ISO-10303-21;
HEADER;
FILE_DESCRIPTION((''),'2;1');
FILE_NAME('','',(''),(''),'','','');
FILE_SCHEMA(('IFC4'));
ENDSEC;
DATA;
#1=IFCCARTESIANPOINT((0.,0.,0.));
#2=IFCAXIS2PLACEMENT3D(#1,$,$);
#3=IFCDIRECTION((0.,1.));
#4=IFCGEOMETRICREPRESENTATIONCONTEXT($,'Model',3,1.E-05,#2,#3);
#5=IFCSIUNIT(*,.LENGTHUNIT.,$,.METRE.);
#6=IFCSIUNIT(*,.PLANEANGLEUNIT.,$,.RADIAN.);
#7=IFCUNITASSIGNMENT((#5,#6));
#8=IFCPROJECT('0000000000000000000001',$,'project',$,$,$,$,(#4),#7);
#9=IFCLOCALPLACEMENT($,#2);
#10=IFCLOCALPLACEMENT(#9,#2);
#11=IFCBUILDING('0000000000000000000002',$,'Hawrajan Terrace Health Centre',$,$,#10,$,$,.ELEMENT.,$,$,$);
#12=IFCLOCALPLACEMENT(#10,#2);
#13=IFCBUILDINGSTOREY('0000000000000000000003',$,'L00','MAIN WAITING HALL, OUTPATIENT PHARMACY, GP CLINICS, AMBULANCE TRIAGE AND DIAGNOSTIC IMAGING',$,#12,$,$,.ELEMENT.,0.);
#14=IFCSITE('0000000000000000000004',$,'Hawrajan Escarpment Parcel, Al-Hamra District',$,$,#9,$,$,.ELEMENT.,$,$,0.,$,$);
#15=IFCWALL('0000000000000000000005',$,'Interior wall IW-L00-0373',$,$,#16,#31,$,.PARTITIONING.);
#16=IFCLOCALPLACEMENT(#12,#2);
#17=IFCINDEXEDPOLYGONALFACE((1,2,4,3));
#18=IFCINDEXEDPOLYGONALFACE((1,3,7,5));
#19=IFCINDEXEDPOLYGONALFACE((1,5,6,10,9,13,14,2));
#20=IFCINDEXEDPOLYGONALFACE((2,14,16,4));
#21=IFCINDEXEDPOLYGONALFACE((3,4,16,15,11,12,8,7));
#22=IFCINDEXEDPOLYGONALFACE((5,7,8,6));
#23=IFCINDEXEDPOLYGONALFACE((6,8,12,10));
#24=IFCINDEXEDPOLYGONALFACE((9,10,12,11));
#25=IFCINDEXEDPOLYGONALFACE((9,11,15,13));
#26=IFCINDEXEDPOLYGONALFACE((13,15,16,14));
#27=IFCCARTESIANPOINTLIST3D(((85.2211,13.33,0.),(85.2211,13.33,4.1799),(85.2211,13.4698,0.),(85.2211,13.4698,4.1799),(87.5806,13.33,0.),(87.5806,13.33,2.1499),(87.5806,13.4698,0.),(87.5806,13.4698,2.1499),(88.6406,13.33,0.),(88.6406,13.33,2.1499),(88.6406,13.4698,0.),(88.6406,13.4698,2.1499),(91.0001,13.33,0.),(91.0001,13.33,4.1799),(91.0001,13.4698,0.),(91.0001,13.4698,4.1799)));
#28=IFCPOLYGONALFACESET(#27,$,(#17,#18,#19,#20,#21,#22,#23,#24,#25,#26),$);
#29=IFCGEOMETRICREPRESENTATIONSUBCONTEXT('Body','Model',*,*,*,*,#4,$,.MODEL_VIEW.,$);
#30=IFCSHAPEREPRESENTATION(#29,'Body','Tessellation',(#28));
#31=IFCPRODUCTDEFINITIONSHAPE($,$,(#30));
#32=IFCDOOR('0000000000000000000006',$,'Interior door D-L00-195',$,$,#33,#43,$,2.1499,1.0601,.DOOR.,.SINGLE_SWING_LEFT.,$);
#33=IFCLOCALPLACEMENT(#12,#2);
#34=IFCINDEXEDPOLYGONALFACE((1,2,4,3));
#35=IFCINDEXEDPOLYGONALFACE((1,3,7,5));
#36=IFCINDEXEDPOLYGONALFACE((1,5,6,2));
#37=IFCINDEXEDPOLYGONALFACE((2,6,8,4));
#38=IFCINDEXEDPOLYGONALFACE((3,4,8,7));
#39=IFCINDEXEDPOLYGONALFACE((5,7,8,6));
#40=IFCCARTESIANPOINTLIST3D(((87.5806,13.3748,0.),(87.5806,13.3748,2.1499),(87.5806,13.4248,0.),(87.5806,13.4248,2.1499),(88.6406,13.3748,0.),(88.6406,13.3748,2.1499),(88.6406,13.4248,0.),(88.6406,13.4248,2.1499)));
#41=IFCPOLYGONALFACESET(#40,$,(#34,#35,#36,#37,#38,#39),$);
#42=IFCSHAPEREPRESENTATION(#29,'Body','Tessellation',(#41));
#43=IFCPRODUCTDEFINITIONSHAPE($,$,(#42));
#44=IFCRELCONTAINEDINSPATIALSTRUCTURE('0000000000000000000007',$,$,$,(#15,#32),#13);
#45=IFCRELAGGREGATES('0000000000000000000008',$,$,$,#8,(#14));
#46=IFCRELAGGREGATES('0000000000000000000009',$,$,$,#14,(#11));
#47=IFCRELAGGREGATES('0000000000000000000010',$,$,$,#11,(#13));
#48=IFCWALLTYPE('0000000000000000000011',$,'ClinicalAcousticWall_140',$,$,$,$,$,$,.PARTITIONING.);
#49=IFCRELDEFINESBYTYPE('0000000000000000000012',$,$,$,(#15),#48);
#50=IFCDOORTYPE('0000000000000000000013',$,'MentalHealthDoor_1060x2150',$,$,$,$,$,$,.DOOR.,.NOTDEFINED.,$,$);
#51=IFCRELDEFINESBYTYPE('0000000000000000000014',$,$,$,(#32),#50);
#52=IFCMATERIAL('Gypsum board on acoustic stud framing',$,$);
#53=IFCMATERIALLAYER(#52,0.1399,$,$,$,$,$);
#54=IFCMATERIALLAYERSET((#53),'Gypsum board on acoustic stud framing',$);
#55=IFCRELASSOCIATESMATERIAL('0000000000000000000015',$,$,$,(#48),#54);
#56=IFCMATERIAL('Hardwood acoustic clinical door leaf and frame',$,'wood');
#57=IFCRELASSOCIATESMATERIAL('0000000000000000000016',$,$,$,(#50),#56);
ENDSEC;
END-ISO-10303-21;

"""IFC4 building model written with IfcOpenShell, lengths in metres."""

from ifc_helpers import new_model, si_unit, direction, frame, frame_2d, origin, place, context, subcontext, project, spatial, rectangle, extrude, material, layer, layer_set, type_object, element, fill, save


model = new_model("IFC4")

# Units and contexts
model_context = context("Model", 3, precision=1e-05, world=origin(), true_north=direction((0.0, 1.0)))
body_context = subcontext(model_context, "Body", "Model", "MODEL_VIEW")
ifc_project = project(units=[si_unit("LENGTHUNIT", "METRE"), si_unit("PLANEANGLEUNIT", "RADIAN")], contexts=[model_context])

# Site, building, storey
site_placement = place(None, origin())
site = spatial("IfcSite", under=ifc_project, at=site_placement, Name="Hawrajan Escarpment Parcel, Al-Hamra District", CompositionType="ELEMENT", RefElevation=0.0)
building_placement = place(site_placement, origin())
building = spatial("IfcBuilding", under=site, at=building_placement, Name="Hawrajan Terrace Health Centre", CompositionType="ELEMENT")
storey_placement = place(building_placement, origin())
storey = spatial("IfcBuildingStorey", under=building, at=storey_placement, Name="L00", Description="MAIN WAITING HALL, OUTPATIENT PHARMACY, GP CLINICS, AMBULANCE TRIAGE AND DIAGNOSTIC IMAGING", CompositionType="ELEMENT", Elevation=0.0)

# Shared definitions
ifc_material_1 = material(Name="Gypsum board on acoustic stud framing")
ifc_layer_1 = layer(ifc_material_1, 0.1399)
ifc_layer_set_1 = layer_set([ifc_layer_1], Name="Gypsum board on acoustic stud framing")
wall_type = type_object("IfcWallType", Name="ClinicalAcousticWall_140", PredefinedType="PARTITIONING", material=ifc_layer_set_1)

# Wall, opening, door
wall_1_placement = place(storey_placement, frame((85.2209, 13.3999, 0.0), z_axis=(0.0, 0.0, 1.0), x_axis=(1.0, 0.0, 0.0)))
wall_1 = element("IfcWall", 1, at=wall_1_placement, inside=storey, type_object=wall_type, Name="Interior wall IW-L00-0373", PredefinedType="PARTITIONING", context=body_context, shape_type="SweptSolid", body=[
    extrude(rectangle(XDim=5.7791, YDim=0.1399, at=frame_2d((2.8896, 0.0))), origin(), (0.0, 0.0, 1.0), 4.1799),
])
opening_placement = place(wall_1_placement, frame((2.3596, 0.0, 0.0)))
opening = element("IfcOpeningElement", 2, at=opening_placement, cuts=wall_1, PredefinedType="OPENING", context=body_context, shape_type="SweptSolid", body=[
    extrude(rectangle(XDim=1.0601, YDim=2.1499, at=frame_2d((0.53, 1.075))), frame((0.0, 0.0798, 0.0), z_axis=(0.0, -1.0, 0.0), x_axis=(1.0, 0.0, 0.0)), (0.0, 0.0, 1.0), 0.1599),
])
ifc_material_2 = material(Name="Hardwood acoustic clinical door leaf and frame", Category="wood")
door_type = type_object("IfcDoorType", Name="MentalHealthDoor_1060x2150", OperationType="NOTDEFINED", PredefinedType="DOOR", material=ifc_material_2)
door_placement = place(opening_placement, origin())
door = element("IfcDoor", 3, at=door_placement, inside=storey, type_object=door_type, Name="Interior door D-L00-195", OperationType="SINGLE_SWING_LEFT", OverallHeight=2.1499, OverallWidth=1.0601, PredefinedType="DOOR", context=body_context, shape_type="SweptSolid", body=[
    extrude(rectangle(XDim=1.0601, YDim=2.1499, at=frame_2d((0.53, 1.075))), frame((0.0, 0.0249, 0.0), z_axis=(0.0, -1.0, 0.0), x_axis=(1.0, 0.0, 0.0)), (0.0, 0.0, 1.0), 0.05),
])
fill(opening, door)

save(model, "model.ifc")
